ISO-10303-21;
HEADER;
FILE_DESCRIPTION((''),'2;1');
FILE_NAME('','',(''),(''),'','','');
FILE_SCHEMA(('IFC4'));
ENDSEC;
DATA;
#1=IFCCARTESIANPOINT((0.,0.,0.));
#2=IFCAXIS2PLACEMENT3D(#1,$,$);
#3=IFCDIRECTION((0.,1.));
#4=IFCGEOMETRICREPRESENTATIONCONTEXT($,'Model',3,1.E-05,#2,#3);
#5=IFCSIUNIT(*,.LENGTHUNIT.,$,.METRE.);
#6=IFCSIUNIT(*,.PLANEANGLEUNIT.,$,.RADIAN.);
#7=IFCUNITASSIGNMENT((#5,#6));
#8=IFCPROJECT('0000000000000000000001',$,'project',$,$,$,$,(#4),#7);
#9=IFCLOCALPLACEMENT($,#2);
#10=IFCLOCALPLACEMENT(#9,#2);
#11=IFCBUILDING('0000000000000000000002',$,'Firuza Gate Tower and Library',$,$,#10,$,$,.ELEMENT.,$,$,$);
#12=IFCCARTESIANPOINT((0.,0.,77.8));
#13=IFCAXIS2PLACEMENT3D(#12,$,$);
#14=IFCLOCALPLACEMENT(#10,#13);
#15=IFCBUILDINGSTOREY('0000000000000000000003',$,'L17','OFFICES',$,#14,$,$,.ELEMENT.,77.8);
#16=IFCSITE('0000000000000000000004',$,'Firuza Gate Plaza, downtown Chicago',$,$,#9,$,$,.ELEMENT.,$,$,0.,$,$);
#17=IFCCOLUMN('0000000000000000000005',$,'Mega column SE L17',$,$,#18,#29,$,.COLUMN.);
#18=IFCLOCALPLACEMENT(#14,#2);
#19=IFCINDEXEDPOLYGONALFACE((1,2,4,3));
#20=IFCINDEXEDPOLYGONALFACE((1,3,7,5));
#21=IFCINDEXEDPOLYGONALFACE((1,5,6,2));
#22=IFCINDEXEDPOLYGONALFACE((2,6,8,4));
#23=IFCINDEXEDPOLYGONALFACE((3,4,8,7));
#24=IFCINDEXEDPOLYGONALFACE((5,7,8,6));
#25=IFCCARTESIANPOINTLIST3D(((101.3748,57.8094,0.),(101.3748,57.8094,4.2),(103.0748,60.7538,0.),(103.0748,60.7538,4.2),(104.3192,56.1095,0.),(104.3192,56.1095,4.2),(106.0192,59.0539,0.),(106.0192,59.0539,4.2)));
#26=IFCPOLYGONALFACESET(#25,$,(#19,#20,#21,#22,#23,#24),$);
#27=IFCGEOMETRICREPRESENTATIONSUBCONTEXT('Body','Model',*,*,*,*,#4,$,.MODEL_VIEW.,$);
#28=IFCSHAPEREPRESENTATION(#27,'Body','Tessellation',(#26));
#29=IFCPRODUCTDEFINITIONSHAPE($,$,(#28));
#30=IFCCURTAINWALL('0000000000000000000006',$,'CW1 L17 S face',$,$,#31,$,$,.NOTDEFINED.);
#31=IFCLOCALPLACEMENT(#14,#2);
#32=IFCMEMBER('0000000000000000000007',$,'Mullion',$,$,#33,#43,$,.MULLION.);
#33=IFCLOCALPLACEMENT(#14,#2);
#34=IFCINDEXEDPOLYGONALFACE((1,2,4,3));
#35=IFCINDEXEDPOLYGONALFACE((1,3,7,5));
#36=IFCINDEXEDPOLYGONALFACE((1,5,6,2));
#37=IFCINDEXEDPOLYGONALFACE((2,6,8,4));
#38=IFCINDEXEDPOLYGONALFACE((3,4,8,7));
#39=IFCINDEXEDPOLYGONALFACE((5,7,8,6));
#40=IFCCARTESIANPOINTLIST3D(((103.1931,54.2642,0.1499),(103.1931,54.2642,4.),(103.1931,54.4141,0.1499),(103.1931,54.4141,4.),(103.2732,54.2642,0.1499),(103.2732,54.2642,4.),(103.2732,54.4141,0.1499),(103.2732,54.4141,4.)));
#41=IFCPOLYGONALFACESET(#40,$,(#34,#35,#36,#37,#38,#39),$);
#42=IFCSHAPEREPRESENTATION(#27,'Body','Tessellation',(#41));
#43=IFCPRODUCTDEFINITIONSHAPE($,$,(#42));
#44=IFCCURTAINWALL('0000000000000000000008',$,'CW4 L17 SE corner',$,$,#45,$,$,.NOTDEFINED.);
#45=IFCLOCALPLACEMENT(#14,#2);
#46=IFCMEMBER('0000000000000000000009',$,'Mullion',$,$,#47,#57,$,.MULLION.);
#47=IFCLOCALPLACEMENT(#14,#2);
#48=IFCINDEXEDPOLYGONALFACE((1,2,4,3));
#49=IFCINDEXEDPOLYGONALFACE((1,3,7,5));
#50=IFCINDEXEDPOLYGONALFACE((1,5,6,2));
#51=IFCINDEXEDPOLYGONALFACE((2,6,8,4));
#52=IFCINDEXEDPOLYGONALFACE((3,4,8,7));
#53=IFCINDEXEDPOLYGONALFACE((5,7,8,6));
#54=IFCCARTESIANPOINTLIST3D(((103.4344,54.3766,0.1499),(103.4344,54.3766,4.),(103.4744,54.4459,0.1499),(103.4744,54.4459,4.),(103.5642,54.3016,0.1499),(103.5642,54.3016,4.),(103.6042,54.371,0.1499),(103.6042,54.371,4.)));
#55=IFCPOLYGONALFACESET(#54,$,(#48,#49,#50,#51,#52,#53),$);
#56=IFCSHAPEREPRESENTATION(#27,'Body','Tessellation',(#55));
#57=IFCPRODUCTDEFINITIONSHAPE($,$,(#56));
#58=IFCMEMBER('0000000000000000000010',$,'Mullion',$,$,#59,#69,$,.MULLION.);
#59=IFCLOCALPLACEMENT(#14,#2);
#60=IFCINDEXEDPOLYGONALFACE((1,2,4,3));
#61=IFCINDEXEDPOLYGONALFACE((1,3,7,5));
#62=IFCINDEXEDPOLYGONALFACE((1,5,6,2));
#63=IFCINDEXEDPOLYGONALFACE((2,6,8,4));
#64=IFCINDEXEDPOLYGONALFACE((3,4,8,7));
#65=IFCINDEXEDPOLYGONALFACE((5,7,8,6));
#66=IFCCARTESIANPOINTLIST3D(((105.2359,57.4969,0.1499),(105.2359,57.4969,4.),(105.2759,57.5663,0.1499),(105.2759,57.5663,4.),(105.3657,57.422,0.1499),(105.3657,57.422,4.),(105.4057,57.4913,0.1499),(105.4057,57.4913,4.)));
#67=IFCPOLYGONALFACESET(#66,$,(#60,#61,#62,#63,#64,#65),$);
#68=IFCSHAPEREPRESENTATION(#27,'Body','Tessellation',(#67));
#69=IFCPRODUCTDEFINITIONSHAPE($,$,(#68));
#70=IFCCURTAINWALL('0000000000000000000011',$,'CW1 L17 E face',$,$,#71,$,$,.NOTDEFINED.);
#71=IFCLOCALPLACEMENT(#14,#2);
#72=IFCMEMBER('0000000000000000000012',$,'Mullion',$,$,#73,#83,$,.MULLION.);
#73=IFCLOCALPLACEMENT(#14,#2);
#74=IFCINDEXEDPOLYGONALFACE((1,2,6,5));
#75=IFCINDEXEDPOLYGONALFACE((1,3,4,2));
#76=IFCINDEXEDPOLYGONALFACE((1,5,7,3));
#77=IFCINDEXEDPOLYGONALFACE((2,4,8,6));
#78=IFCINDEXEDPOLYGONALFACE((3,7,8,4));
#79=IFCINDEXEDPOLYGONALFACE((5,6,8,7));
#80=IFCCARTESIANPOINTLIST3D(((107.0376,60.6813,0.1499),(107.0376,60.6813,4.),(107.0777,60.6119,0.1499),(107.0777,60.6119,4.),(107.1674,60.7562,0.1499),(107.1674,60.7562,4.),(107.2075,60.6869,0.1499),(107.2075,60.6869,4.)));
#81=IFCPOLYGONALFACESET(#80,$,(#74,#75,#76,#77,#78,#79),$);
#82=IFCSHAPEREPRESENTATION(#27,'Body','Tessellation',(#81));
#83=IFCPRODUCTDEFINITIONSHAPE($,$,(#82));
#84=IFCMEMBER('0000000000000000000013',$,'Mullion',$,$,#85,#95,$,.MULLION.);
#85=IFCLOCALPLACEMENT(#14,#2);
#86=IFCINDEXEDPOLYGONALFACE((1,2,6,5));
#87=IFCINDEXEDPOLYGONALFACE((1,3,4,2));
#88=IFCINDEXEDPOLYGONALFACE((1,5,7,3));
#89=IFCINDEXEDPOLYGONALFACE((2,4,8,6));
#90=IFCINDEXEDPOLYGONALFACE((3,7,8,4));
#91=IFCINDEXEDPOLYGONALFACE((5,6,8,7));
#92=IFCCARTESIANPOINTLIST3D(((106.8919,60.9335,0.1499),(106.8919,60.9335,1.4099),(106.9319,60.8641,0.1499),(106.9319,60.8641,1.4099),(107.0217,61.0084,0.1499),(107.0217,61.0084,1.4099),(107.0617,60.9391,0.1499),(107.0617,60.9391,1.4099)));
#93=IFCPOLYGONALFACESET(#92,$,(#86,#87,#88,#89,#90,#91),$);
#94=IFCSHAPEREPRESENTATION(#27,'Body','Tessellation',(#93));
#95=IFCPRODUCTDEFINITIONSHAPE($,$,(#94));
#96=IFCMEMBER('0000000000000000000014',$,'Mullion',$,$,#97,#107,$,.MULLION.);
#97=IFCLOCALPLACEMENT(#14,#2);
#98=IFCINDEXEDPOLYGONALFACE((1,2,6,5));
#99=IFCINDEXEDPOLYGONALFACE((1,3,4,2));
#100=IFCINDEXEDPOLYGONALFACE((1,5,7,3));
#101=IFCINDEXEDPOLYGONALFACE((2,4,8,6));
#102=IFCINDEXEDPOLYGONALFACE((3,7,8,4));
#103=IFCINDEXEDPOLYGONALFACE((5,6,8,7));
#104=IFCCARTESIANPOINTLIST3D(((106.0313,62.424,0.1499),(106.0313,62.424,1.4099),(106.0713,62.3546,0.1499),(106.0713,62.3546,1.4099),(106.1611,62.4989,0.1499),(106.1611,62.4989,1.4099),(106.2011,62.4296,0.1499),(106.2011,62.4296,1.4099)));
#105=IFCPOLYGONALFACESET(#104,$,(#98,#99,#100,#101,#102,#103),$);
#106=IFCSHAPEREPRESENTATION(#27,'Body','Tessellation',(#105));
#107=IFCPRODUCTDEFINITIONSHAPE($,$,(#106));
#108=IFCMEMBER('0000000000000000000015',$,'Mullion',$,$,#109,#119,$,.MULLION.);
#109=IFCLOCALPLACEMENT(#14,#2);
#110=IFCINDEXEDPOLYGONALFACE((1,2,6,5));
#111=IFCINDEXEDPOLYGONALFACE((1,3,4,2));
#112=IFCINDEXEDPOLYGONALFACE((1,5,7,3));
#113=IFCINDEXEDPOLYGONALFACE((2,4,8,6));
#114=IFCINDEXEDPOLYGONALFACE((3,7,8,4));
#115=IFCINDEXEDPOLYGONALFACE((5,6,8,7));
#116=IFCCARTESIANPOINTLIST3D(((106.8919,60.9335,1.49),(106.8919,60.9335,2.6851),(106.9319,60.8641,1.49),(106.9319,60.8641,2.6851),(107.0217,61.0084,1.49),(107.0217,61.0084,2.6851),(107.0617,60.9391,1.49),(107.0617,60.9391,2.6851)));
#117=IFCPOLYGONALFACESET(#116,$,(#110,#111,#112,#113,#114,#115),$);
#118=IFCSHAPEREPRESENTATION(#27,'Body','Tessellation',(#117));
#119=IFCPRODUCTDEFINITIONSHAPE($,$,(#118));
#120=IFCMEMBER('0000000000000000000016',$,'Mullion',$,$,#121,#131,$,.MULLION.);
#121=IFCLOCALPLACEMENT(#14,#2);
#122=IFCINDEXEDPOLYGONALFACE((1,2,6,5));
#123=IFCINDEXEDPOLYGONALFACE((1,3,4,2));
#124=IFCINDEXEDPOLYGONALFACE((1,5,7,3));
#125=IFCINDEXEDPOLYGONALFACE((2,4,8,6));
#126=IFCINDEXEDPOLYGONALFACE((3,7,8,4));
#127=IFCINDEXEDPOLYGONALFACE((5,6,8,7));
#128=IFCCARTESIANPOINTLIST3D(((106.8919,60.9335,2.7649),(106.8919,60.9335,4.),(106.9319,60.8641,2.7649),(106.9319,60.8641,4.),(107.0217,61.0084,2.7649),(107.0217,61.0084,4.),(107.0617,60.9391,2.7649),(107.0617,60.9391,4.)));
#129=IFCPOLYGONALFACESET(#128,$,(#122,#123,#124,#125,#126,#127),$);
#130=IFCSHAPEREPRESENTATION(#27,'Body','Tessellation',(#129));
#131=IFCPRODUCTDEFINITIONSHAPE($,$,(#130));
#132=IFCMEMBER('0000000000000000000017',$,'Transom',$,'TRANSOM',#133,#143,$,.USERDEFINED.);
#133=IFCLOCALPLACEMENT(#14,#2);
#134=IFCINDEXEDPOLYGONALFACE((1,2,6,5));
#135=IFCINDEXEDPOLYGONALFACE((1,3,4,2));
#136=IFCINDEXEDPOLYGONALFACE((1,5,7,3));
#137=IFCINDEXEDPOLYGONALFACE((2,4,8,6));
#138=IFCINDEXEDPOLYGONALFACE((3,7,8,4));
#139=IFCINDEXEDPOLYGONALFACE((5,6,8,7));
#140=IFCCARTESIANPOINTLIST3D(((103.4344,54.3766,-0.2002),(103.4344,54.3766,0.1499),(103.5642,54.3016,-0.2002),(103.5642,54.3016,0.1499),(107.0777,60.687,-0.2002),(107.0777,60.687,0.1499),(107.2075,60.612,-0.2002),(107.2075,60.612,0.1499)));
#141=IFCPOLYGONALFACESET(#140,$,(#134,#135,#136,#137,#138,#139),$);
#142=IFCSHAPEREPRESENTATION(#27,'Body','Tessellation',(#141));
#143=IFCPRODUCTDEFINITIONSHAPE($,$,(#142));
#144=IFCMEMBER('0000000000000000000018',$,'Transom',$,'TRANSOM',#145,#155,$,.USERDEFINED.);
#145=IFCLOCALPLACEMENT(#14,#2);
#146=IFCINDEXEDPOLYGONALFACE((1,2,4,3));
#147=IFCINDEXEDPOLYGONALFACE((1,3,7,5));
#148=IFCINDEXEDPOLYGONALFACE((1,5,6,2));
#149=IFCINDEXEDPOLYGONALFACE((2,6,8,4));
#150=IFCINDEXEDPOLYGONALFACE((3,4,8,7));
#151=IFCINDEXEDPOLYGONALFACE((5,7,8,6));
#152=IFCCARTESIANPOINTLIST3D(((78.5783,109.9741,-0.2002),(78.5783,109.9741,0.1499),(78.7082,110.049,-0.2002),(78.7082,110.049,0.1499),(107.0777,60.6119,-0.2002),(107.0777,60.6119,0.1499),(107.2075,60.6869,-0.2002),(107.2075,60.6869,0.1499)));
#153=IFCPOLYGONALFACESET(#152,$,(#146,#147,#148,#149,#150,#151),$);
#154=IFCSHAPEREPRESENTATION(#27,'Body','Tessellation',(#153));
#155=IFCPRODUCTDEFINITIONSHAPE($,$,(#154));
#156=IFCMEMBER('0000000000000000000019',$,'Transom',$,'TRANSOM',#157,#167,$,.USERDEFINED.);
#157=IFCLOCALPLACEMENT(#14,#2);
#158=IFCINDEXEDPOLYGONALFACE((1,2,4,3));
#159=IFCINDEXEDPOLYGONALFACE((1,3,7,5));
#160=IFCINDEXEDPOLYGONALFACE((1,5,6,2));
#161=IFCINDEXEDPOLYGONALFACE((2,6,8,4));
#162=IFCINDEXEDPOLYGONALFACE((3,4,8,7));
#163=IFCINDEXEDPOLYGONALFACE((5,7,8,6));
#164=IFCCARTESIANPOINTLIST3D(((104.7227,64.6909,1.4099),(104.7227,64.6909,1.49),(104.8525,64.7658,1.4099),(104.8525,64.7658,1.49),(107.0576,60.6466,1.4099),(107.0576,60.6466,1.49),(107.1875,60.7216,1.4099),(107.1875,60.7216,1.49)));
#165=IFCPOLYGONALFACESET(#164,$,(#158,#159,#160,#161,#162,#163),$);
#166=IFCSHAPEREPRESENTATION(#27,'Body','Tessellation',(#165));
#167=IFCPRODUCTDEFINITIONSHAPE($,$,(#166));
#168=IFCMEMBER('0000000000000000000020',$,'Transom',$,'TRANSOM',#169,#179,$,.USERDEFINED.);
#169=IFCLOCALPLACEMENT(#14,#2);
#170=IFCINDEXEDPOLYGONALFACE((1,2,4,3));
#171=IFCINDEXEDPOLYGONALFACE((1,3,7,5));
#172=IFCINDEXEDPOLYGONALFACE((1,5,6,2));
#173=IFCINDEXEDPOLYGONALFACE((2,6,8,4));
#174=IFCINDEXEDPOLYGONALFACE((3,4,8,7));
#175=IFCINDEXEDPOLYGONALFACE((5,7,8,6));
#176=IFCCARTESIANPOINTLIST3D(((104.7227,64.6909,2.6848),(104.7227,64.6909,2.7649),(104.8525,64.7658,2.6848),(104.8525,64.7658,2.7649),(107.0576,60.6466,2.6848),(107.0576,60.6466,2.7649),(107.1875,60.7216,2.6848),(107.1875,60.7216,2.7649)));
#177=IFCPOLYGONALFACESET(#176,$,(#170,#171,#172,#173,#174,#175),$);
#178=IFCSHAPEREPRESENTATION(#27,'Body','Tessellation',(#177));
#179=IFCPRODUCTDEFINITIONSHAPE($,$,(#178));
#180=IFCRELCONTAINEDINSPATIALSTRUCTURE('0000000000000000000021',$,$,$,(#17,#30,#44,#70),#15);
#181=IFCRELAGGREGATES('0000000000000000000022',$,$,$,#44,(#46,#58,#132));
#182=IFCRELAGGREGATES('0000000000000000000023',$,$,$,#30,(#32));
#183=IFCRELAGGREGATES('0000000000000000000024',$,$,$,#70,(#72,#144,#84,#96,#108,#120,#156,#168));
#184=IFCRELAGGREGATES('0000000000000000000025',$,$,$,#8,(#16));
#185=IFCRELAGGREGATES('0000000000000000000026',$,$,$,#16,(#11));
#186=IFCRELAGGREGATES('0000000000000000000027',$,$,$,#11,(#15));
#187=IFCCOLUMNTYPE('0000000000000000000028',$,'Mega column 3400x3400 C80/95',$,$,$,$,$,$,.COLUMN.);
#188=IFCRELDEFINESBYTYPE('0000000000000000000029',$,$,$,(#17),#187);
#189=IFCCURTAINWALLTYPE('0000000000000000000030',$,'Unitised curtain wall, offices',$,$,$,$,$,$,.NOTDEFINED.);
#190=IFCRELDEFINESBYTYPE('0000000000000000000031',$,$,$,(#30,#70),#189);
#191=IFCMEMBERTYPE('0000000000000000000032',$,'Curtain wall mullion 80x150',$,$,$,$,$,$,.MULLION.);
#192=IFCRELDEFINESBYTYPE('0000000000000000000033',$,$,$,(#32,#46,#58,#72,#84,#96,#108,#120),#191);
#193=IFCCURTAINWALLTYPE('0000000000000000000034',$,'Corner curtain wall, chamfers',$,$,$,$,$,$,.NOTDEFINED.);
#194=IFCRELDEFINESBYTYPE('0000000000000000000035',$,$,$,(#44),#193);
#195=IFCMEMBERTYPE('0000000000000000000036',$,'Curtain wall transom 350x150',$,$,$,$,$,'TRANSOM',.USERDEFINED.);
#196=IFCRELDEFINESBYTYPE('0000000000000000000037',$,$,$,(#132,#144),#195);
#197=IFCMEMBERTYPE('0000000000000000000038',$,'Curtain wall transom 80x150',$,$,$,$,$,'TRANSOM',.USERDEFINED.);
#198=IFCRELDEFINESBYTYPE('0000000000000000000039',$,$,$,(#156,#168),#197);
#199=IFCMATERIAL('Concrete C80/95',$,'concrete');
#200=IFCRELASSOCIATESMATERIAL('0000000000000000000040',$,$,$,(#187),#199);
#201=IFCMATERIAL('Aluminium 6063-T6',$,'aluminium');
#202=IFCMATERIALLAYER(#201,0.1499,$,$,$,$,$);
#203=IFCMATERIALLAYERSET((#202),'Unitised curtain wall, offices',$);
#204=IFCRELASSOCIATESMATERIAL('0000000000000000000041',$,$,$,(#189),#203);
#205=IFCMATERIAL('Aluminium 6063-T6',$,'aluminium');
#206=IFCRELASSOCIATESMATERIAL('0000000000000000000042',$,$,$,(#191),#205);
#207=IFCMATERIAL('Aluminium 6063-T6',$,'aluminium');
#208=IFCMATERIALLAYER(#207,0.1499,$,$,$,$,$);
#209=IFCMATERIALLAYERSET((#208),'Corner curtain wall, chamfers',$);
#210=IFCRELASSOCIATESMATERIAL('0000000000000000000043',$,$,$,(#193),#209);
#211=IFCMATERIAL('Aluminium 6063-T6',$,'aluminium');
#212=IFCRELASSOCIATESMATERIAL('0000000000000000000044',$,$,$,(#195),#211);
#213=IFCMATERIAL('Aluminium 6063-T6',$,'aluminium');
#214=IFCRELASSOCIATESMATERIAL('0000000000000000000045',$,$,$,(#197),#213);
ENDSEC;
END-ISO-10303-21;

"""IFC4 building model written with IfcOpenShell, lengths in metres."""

from ifc_helpers import new_model, si_unit, direction, frame, origin, origin_2d, place, context, subcontext, project, spatial, rectangle, extrude, material, layer, layer_set, material_profile, profile_set, type_object, element, aggregate, save


model = new_model("IFC4")

# Units and contexts
model_context = context("Model", 3, precision=1e-05, world=origin(), true_north=direction((0.0, 1.0)))
body_context = subcontext(model_context, "Body", "Model", "MODEL_VIEW")
ifc_project = project(units=[si_unit("LENGTHUNIT", "METRE"), si_unit("PLANEANGLEUNIT", "RADIAN")], contexts=[model_context])

# Site, building, storey
site_placement = place(None, origin())
site = spatial("IfcSite", under=ifc_project, at=site_placement, Name="Firuza Gate Plaza, downtown Chicago", CompositionType="ELEMENT", RefElevation=0.0)
building_placement = place(site_placement, origin())
building = spatial("IfcBuilding", under=site, at=building_placement, Name="Firuza Gate Tower and Library", CompositionType="ELEMENT")
storey_placement = place(building_placement, frame((0.0, 0.0, 77.8)))
storey = spatial("IfcBuildingStorey", under=building, at=storey_placement, Name="L17", Description="OFFICES", CompositionType="ELEMENT", Elevation=77.8)

# Column
ifc_material_1 = material(Name="Concrete C80/95", Category="concrete")
ifc_material_profile_1 = material_profile(ifc_material_1, rectangle(XDim=3.3999, YDim=3.3999, at=origin_2d()))
ifc_profile_set_1 = profile_set([ifc_material_profile_1], Name="Concrete C80/95")
column_type = type_object("IfcColumnType", Name="Mega column 3400x3400 C80/95", PredefinedType="COLUMN", material=ifc_profile_set_1)
column_placement = place(storey_placement, frame((103.697, 58.4316, 0.0), z_axis=(0.0, 0.0, 1.0), x_axis=(0.5, 0.866025, 0.0)))
element("IfcColumn", 1, at=column_placement, inside=storey, type_object=column_type, Name="Mega column SE L17", PredefinedType="COLUMN", context=body_context, shape_type="SweptSolid", body=[
    extrude(rectangle(XDim=3.3999, YDim=3.3999, at=origin_2d()), origin(), (0.0, 0.0, 1.0), 4.2),
])

# Curtain wall, member
ifc_material_2 = material(Name="Aluminium 6063-T6", Category="aluminium")
ifc_layer_1 = layer(ifc_material_2, 0.1499)
ifc_layer_set_1 = layer_set([ifc_layer_1], Name="Unitised curtain wall, offices")
curtain_wall_type_1 = type_object("IfcCurtainWallType", Name="Unitised curtain wall, offices", PredefinedType="NOTDEFINED", material=ifc_layer_set_1)
placement = place(storey_placement, origin())
curtain_wall_1 = element("IfcCurtainWall", 2, at=placement, inside=storey, type_object=curtain_wall_type_1, Name="CW1 L17 S face", PredefinedType="NOTDEFINED")
ifc_material_3 = material(Name="Aluminium 6063-T6", Category="aluminium")
ifc_material_profile_2 = material_profile(ifc_material_3, rectangle(XDim=0.1499, YDim=0.0801, at=origin_2d()))
ifc_profile_set_2 = profile_set([ifc_material_profile_2], Name="Aluminium 6063-T6")
member_type_1 = type_object("IfcMemberType", Name="Curtain wall mullion 80x150", PredefinedType="MULLION", material=ifc_profile_set_2)
member_1_placement = place(storey_placement, frame((103.2332, 54.3391, 0.1499), z_axis=(0.0, 0.0, 1.0), x_axis=(0.0, 1.0, 0.0)))
member_1 = element("IfcMember", 3, at=member_1_placement, type_object=member_type_1, Name="Mullion", PredefinedType="MULLION", context=body_context, shape_type="SweptSolid", body=[
    extrude(rectangle(XDim=0.1499, YDim=0.0801, at=origin_2d()), origin(), (0.0, 0.0, 1.0), 3.8501),
])

# Curtain walls, members
ifc_material_4 = material(Name="Aluminium 6063-T6", Category="aluminium")
ifc_layer_2 = layer(ifc_material_4, 0.1499)
ifc_layer_set_2 = layer_set([ifc_layer_2], Name="Corner curtain wall, chamfers")
curtain_wall_type_2 = type_object("IfcCurtainWallType", Name="Corner curtain wall, chamfers", PredefinedType="NOTDEFINED", material=ifc_layer_set_2)
curtain_wall_2 = element("IfcCurtainWall", 4, at=placement, inside=storey, type_object=curtain_wall_type_2, Name="CW4 L17 SE corner", PredefinedType="NOTDEFINED")
member_2_placement = place(storey_placement, frame((103.5193, 54.3738, 0.1499), z_axis=(0.0, 0.0, 1.0), x_axis=(-0.866025, 0.5, 0.0)))
member_2 = element("IfcMember", 5, at=member_2_placement, type_object=member_type_1, Name="Mullion", PredefinedType="MULLION", context=body_context, shape_type="SweptSolid", body=[
    extrude(rectangle(XDim=0.1499, YDim=0.0801, at=origin_2d()), origin(), (0.0, 0.0, 1.0), 3.8501),
])
member_3_placement = place(storey_placement, frame((105.3208, 57.4941, 0.1499), z_axis=(0.0, 0.0, 1.0), x_axis=(-0.866025, 0.5, 0.0)))
member_3 = element("IfcMember", 6, at=member_3_placement, type_object=member_type_1, Name="Mullion", PredefinedType="MULLION", context=body_context, shape_type="SweptSolid", body=[
    extrude(rectangle(XDim=0.1499, YDim=0.0801, at=origin_2d()), origin(), (0.0, 0.0, 1.0), 3.8501),
])
curtain_wall_3 = element("IfcCurtainWall", 7, at=placement, inside=storey, type_object=curtain_wall_type_1, Name="CW1 L17 E face", PredefinedType="NOTDEFINED")
member_4_placement = place(storey_placement, frame((107.1226, 60.6841, 0.1499), z_axis=(0.0, 0.0, 1.0), x_axis=(-0.866025, -0.5, 0.0)))
member_4 = element("IfcMember", 8, at=member_4_placement, type_object=member_type_1, Name="Mullion", PredefinedType="MULLION", context=body_context, shape_type="SweptSolid", body=[
    extrude(rectangle(XDim=0.1499, YDim=0.0801, at=origin_2d()), origin(), (0.0, 0.0, 1.0), 3.8501),
])
member_5_placement = place(storey_placement, frame((106.9768, 60.9363, 0.1499), z_axis=(0.0, 0.0, 1.0), x_axis=(-0.866025, -0.5, 0.0)))
member_5 = element("IfcMember", 9, at=member_5_placement, type_object=member_type_1, Name="Mullion", PredefinedType="MULLION", context=body_context, shape_type="SweptSolid", body=[
    extrude(rectangle(XDim=0.1499, YDim=0.0801, at=origin_2d()), origin(), (0.0, 0.0, 1.0), 1.26),
])
member_6_placement = place(storey_placement, frame((106.1162, 62.4268, 0.1499), z_axis=(0.0, 0.0, 1.0), x_axis=(-0.866025, -0.5, 0.0)))
member_6 = element("IfcMember", 10, at=member_6_placement, type_object=member_type_1, Name="Mullion", PredefinedType="MULLION", context=body_context, shape_type="SweptSolid", body=[
    extrude(rectangle(XDim=0.1499, YDim=0.0801, at=origin_2d()), origin(), (0.0, 0.0, 1.0), 1.26),
])
member_7_placement = place(storey_placement, frame((106.9768, 60.9363, 1.49), z_axis=(0.0, 0.0, 1.0), x_axis=(-0.866025, -0.5, 0.0)))
member_7 = element("IfcMember", 11, at=member_7_placement, type_object=member_type_1, Name="Mullion", PredefinedType="MULLION", context=body_context, shape_type="SweptSolid", body=[
    extrude(rectangle(XDim=0.1499, YDim=0.0801, at=origin_2d()), origin(), (0.0, 0.0, 1.0), 1.1951),
])
member_8_placement = place(storey_placement, frame((106.9768, 60.9363, 2.7649), z_axis=(0.0, 0.0, 1.0), x_axis=(-0.866025, -0.5, 0.0)))
member_8 = element("IfcMember", 12, at=member_8_placement, type_object=member_type_1, Name="Mullion", PredefinedType="MULLION", context=body_context, shape_type="SweptSolid", body=[
    extrude(rectangle(XDim=0.1499, YDim=0.0801, at=origin_2d()), origin(), (0.0, 0.0, 1.0), 1.2351),
])

# Members
ifc_material_5 = material(Name="Aluminium 6063-T6", Category="aluminium")
ifc_material_profile_3 = material_profile(ifc_material_5, rectangle(XDim=0.1499, YDim=0.3501, at=origin_2d()))
ifc_profile_set_3 = profile_set([ifc_material_profile_3], Name="Aluminium 6063-T6")
member_type_2 = type_object("IfcMemberType", Name="Curtain wall transom 350x150", ElementType="TRANSOM", PredefinedType="USERDEFINED", material=ifc_profile_set_3)
member_9_placement = place(storey_placement, frame((103.4993, 54.3391, -0.0251), z_axis=(0.500006, 0.866022, 0.0), x_axis=(-0.866022, 0.500006, 0.0)))
member_9 = element("IfcMember", 13, at=member_9_placement, type_object=member_type_2, Name="Transom", ObjectType="TRANSOM", PredefinedType="USERDEFINED", context=body_context, shape_type="SweptSolid", body=[
    extrude(rectangle(XDim=0.1499, YDim=0.3501, at=origin_2d()), origin(), (0.0, 0.0, 1.0), 7.2866),
])
member_10_placement = place(storey_placement, frame((107.1426, 60.6494, -0.0251), z_axis=(-0.500001, 0.866025, 0.0), x_axis=(-0.866025, -0.500001, 0.0)))
member_10 = element("IfcMember", 14, at=member_10_placement, type_object=member_type_2, Name="Transom", ObjectType="TRANSOM", PredefinedType="USERDEFINED", context=body_context, shape_type="SweptSolid", body=[
    extrude(rectangle(XDim=0.1499, YDim=0.3501, at=origin_2d()), origin(), (0.0, 0.0, 1.0), 56.9985),
])
ifc_material_6 = material(Name="Aluminium 6063-T6", Category="aluminium")
ifc_material_profile_4 = material_profile(ifc_material_6, rectangle(XDim=0.1499, YDim=0.0801, at=origin_2d()))
ifc_profile_set_4 = profile_set([ifc_material_profile_4], Name="Aluminium 6063-T6")
member_type_3 = type_object("IfcMemberType", Name="Curtain wall transom 80x150", ElementType="TRANSOM", PredefinedType="USERDEFINED", material=ifc_profile_set_4)
member_11_placement = place(storey_placement, frame((107.1226, 60.6841, 1.45), z_axis=(-0.500008, 0.866021, 0.0), x_axis=(-0.866021, -0.500008, 0.0)))
member_11 = element("IfcMember", 15, at=member_11_placement, type_object=member_type_3, Name="Transom", ObjectType="TRANSOM", PredefinedType="USERDEFINED", context=body_context, shape_type="SweptSolid", body=[
    extrude(rectangle(XDim=0.1499, YDim=0.0801, at=origin_2d()), origin(), (0.0, 0.0, 1.0), 4.6699),
])
member_12_placement = place(storey_placement, frame((107.1226, 60.6841, 2.7249), z_axis=(-0.500008, 0.866021, 0.0), x_axis=(-0.866021, -0.500008, 0.0)))
member_12 = element("IfcMember", 16, at=member_12_placement, type_object=member_type_3, Name="Transom", ObjectType="TRANSOM", PredefinedType="USERDEFINED", context=body_context, shape_type="SweptSolid", body=[
    extrude(rectangle(XDim=0.1499, YDim=0.0801, at=origin_2d()), origin(), (0.0, 0.0, 1.0), 4.6699),
])

aggregate(curtain_wall_2, [member_2, member_3, member_9])
aggregate(curtain_wall_1, [member_1])
aggregate(curtain_wall_3, [member_4, member_10, member_5, member_6, member_7, member_8, member_11, member_12])

save(model, "model.ifc")
